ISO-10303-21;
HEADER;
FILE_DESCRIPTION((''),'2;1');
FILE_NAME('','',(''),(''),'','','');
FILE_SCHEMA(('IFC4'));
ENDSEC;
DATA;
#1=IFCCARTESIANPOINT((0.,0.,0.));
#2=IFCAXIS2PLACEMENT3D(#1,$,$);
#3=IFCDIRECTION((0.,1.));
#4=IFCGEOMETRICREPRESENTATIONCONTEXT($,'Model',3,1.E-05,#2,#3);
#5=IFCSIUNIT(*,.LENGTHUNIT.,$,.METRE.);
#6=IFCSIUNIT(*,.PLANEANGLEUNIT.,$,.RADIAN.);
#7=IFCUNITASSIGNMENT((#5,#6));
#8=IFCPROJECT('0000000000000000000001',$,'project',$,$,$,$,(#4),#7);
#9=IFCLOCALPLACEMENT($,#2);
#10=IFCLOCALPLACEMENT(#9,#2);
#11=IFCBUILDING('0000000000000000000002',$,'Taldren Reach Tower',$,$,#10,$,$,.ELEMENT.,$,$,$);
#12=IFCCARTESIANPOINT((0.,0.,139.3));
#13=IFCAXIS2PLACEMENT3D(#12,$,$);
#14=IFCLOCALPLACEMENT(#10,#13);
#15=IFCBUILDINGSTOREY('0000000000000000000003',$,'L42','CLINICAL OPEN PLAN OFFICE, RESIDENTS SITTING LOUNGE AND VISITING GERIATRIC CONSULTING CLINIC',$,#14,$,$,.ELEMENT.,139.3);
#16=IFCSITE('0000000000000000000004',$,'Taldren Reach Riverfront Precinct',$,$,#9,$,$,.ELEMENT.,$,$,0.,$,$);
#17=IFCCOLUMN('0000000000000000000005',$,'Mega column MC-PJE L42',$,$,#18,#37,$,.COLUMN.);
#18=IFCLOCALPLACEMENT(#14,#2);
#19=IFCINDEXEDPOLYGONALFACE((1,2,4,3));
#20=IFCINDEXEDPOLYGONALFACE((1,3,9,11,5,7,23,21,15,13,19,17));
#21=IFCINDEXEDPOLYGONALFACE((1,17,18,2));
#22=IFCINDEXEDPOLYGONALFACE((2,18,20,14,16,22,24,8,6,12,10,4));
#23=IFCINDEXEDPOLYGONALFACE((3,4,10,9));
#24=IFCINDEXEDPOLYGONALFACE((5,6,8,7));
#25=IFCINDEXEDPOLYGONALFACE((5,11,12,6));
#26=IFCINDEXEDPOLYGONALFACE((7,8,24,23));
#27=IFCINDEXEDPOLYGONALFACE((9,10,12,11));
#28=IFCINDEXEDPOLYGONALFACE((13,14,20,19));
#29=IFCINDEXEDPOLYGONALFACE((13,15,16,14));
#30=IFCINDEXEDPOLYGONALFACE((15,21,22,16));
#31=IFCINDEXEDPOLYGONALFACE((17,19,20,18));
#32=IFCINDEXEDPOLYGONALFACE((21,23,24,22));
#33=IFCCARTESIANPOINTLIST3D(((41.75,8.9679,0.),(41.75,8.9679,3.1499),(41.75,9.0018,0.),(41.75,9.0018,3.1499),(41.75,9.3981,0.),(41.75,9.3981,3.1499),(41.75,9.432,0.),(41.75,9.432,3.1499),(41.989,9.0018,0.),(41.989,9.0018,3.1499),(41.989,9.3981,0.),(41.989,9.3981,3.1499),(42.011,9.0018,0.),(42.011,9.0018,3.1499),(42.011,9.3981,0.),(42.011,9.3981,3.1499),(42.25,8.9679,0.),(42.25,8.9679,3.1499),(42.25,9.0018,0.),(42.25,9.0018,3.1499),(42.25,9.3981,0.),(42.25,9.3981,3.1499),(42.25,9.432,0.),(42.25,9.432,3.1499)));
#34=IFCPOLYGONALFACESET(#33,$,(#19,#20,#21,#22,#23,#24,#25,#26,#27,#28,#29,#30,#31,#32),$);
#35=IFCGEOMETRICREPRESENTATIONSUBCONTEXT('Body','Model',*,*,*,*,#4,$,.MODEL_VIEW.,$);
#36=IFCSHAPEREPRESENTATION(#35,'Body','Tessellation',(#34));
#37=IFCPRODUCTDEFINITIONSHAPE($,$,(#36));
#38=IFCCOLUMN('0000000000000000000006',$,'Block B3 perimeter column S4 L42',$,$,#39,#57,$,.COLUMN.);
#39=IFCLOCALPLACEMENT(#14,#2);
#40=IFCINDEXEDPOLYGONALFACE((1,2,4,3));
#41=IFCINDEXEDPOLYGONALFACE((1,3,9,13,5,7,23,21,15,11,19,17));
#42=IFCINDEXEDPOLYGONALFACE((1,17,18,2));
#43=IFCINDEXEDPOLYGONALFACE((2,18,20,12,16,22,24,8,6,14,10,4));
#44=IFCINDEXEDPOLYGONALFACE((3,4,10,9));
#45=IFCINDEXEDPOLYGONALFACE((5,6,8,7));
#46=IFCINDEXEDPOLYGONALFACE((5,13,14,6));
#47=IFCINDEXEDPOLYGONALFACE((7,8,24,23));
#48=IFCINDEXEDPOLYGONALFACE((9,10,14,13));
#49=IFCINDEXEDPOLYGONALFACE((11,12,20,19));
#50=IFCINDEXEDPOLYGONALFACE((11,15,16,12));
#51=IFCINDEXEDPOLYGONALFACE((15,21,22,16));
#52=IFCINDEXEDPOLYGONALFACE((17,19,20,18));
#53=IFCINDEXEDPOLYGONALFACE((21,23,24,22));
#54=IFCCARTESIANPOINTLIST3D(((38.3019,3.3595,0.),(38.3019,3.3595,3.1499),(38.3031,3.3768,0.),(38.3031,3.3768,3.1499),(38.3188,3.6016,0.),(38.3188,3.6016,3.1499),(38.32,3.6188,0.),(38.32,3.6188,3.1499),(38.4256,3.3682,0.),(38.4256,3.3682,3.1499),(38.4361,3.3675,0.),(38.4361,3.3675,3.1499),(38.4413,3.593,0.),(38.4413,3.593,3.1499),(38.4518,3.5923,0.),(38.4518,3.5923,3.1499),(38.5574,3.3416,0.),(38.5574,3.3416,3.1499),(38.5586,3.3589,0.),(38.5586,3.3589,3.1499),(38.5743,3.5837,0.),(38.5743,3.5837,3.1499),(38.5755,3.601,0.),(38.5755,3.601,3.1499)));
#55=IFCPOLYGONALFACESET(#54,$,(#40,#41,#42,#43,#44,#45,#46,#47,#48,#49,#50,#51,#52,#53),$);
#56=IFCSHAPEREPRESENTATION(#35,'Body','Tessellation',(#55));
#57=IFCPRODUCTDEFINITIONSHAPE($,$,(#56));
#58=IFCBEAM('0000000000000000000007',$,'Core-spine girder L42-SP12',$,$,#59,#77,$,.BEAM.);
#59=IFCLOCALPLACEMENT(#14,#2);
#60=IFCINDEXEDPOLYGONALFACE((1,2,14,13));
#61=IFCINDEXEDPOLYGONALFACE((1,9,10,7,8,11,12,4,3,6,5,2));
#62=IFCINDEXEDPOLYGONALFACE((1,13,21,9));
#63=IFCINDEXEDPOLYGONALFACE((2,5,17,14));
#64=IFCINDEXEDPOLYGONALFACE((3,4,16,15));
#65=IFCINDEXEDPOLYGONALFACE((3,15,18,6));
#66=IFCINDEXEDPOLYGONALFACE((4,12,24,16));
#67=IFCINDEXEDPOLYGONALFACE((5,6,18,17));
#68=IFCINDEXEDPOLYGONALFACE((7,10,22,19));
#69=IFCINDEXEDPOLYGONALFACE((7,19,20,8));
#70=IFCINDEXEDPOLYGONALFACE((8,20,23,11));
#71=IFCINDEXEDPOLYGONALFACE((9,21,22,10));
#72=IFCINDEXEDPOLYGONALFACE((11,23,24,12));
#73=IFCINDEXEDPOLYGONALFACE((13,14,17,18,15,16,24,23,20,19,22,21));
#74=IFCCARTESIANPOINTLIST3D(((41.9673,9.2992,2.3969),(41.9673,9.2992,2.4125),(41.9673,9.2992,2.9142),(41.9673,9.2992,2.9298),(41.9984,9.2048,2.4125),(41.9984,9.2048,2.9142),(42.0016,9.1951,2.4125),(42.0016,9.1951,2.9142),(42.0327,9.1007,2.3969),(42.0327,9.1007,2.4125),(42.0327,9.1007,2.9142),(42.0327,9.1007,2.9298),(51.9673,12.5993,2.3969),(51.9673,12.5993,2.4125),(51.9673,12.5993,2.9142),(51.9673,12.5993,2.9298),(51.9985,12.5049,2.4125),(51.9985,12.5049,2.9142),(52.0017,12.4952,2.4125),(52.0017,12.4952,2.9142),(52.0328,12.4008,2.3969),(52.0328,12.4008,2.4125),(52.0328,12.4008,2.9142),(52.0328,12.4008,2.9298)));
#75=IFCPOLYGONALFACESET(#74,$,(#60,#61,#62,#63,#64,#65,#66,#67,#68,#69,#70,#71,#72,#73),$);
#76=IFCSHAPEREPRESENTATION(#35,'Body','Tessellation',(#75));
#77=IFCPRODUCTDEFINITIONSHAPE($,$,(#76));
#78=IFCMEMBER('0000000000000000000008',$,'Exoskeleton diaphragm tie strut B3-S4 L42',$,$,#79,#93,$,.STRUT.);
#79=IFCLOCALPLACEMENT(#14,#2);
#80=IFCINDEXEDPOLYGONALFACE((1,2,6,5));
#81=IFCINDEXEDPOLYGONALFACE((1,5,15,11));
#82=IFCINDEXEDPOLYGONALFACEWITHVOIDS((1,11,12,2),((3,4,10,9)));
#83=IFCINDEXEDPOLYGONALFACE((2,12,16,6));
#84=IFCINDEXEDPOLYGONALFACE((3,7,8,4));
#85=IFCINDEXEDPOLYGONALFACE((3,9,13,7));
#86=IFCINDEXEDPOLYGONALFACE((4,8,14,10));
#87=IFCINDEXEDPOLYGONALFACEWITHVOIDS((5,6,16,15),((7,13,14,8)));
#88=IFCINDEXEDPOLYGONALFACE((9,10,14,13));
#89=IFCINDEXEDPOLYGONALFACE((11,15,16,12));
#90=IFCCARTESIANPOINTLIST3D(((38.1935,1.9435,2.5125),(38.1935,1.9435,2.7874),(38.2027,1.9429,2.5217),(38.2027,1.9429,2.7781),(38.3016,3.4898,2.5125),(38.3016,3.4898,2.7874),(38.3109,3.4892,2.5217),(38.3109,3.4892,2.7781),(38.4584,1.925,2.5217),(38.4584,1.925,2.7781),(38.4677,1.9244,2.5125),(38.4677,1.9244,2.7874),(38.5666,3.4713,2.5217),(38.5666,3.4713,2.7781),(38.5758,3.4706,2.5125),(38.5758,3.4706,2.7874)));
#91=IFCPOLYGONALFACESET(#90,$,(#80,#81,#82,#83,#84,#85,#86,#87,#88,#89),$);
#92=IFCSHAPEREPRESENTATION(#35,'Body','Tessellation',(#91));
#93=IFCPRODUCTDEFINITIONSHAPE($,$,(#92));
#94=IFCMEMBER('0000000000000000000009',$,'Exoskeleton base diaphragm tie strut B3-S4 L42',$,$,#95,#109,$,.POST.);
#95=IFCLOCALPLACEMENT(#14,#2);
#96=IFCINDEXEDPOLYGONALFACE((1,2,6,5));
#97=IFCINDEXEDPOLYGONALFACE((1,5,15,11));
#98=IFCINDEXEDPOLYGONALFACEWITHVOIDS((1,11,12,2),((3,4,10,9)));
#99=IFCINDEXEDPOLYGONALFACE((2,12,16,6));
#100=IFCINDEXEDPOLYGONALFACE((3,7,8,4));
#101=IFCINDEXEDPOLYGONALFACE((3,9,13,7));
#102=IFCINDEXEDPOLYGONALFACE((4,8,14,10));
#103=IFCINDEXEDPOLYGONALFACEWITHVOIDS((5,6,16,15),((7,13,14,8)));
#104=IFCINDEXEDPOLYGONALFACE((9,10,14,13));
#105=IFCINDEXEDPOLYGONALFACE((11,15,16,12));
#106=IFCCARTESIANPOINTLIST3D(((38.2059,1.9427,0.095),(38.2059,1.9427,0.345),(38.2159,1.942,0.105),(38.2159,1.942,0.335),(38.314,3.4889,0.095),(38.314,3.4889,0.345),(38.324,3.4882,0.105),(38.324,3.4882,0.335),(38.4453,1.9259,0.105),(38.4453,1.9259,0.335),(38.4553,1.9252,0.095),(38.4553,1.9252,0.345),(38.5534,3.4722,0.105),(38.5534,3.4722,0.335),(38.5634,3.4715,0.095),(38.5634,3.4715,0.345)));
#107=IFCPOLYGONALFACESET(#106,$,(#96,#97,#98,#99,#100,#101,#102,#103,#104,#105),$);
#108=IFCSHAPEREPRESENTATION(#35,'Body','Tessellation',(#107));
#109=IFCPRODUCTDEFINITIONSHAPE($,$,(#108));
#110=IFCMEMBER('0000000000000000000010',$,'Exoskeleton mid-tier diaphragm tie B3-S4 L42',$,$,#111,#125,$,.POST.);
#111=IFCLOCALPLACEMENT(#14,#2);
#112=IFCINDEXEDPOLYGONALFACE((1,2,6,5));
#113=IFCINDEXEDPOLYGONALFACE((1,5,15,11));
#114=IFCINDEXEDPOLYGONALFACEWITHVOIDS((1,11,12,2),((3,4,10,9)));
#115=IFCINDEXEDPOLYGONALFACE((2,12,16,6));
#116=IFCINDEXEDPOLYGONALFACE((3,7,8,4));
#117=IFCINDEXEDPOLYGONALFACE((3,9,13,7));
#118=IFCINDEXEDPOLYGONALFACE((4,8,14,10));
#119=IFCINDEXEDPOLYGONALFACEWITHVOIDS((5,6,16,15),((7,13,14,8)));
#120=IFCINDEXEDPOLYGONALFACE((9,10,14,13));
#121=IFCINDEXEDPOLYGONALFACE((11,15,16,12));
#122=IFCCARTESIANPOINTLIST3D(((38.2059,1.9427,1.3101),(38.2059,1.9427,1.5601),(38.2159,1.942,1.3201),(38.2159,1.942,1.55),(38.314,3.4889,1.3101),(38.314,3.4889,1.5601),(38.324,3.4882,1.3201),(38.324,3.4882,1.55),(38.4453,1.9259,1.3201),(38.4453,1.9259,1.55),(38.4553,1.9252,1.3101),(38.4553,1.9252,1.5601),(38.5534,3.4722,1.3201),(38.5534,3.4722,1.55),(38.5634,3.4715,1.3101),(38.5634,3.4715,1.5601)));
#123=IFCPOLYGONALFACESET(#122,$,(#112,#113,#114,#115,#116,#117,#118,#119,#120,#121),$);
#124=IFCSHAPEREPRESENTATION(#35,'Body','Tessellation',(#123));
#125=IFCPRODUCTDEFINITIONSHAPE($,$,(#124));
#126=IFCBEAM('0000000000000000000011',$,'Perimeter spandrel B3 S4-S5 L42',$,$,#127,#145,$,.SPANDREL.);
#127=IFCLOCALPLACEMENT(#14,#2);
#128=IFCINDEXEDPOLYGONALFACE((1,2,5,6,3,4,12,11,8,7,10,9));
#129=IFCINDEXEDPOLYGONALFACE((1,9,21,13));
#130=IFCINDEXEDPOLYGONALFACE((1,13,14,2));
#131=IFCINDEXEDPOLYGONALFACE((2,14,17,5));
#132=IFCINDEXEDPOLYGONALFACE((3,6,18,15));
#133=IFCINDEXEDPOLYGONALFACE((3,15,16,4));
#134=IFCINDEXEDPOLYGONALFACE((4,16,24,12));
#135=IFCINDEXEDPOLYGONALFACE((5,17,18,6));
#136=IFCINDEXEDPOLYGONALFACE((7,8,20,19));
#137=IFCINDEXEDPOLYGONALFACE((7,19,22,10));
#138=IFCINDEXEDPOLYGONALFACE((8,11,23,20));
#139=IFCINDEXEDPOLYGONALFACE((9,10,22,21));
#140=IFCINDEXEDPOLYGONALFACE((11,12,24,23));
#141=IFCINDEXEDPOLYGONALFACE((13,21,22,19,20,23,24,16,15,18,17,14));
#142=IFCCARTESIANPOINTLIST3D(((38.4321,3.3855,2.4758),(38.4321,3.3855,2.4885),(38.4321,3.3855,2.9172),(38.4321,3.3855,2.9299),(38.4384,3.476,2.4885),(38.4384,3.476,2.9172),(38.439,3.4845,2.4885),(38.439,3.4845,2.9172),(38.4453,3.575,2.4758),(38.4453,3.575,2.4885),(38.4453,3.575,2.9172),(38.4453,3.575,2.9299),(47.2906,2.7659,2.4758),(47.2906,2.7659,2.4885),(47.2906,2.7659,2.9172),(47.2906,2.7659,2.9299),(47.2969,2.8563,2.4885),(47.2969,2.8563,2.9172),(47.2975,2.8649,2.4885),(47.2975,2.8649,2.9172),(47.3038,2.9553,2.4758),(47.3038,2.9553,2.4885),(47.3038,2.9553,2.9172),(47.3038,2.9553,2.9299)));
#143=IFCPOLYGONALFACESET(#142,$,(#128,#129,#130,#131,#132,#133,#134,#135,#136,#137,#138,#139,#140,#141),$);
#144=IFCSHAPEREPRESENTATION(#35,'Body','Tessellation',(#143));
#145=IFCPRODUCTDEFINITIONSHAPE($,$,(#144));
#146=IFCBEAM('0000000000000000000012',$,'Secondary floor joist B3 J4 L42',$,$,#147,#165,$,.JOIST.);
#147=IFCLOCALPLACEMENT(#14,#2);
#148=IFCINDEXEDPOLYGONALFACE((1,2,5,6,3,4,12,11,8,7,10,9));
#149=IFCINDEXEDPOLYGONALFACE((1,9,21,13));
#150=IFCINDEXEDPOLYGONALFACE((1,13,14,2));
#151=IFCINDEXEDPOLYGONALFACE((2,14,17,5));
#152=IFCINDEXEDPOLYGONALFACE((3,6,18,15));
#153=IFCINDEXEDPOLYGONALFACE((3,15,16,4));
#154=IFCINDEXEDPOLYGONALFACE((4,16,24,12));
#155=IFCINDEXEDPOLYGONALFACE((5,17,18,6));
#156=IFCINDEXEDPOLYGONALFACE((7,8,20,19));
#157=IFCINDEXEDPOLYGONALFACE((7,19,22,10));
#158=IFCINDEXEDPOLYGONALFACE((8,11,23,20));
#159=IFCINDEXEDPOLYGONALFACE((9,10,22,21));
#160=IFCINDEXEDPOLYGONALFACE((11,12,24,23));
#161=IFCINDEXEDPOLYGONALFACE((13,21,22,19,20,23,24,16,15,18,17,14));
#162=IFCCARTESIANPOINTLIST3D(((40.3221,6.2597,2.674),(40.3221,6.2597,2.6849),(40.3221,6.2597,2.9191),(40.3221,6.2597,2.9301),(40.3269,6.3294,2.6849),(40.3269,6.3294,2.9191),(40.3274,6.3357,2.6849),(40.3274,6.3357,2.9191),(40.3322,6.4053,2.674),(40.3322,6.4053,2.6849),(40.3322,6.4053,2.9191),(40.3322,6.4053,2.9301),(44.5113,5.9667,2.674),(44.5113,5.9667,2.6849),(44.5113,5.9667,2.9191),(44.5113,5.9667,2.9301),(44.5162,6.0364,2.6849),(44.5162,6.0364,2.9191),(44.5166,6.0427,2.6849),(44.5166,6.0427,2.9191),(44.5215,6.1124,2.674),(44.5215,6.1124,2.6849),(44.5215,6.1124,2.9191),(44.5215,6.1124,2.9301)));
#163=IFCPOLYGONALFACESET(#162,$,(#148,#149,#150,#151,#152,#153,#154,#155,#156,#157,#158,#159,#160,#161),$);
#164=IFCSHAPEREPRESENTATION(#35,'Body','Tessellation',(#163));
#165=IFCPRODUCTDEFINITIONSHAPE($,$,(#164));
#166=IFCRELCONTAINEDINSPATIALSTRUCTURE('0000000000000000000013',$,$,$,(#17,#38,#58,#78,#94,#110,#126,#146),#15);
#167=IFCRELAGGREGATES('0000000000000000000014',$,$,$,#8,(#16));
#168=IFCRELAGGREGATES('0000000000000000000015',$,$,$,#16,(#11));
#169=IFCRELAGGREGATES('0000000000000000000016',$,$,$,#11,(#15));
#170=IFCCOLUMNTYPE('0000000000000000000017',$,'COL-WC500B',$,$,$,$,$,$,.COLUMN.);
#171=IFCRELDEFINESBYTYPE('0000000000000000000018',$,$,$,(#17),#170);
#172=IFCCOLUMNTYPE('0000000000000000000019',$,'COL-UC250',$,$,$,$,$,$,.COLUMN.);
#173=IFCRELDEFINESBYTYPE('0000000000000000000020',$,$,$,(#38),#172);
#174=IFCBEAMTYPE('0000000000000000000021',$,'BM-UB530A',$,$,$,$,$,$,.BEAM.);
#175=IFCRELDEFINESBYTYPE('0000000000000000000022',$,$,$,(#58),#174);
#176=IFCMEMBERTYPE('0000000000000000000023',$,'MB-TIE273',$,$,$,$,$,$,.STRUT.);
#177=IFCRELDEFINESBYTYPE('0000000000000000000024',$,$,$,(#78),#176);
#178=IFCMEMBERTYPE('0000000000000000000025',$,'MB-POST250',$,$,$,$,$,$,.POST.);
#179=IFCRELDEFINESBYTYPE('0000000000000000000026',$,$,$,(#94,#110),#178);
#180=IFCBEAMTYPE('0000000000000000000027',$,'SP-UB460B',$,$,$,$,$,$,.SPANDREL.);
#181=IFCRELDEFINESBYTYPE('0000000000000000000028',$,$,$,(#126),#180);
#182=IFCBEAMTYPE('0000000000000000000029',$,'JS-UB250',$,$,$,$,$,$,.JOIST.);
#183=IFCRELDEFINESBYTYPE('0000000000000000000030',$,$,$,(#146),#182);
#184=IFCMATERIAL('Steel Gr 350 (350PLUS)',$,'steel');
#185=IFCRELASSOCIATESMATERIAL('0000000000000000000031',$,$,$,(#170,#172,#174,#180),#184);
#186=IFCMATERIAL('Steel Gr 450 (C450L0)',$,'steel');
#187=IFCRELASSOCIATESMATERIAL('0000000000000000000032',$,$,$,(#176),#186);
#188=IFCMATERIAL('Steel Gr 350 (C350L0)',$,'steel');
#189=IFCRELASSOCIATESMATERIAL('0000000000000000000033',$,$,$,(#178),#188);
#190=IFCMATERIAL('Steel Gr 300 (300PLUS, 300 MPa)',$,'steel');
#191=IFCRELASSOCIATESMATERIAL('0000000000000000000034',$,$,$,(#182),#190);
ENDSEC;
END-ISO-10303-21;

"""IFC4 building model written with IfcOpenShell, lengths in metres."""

from ifc_helpers import new_model, si_unit, direction, frame, origin, origin_2d, place, context, subcontext, project, spatial, hollow_rectangle, i_section, extrude, source, transform, mapped, material, material_profile, profile_set, type_object, element, save


model = new_model("IFC4")

# Units and contexts
model_context = context("Model", 3, precision=1e-05, world=origin(), true_north=direction((0.0, 1.0)))
body_context = subcontext(model_context, "Body", "Model", "MODEL_VIEW")
ifc_project = project(units=[si_unit("LENGTHUNIT", "METRE"), si_unit("PLANEANGLEUNIT", "RADIAN")], contexts=[model_context])

# Site, building, storey
site_placement = place(None, origin())
site = spatial("IfcSite", under=ifc_project, at=site_placement, Name="Taldren Reach Riverfront Precinct", CompositionType="ELEMENT", RefElevation=0.0)
building_placement = place(site_placement, origin())
building = spatial("IfcBuilding", under=site, at=building_placement, Name="Taldren Reach Tower", CompositionType="ELEMENT")
storey_placement = place(building_placement, frame((0.0, 0.0, 139.3)))
storey = spatial("IfcBuildingStorey", under=building, at=storey_placement, Name="L42", Description="CLINICAL OPEN PLAN OFFICE, RESIDENTS SITTING LOUNGE AND VISITING GERIATRIC CONSULTING CLINIC", CompositionType="ELEMENT", Elevation=139.3)

# Columns
ifc_material_1 = material(Name="Steel Gr 350 (350PLUS)", Category="steel")
ifc_material_profile_1 = material_profile(ifc_material_1, i_section(OverallWidth=0.5, OverallDepth=0.4641, WebThickness=0.022, FlangeThickness=0.0339, at=origin_2d()), Name="500WC340")
ifc_profile_set_1 = profile_set([ifc_material_profile_1], Name="Steel Gr 350 (350PLUS)")
column_type_1 = type_object("IfcColumnType", Name="COL-WC500B", PredefinedType="COLUMN", material=ifc_profile_set_1)
shared_shape_1 = source(origin(), body_context, "Body", "SweptSolid", [
    extrude(i_section(OverallWidth=0.5, OverallDepth=0.4641, WebThickness=0.022, FlangeThickness=0.0339, at=origin_2d()), origin(), (0.0, 0.0, 1.0), 3.1499),
])
column_1_placement = place(storey_placement, frame((42.0, 9.2, 0.0), z_axis=(0.0, 0.0, 1.0), x_axis=(1.0, 0.0, 0.0)))
element("IfcColumn", 1, at=column_1_placement, inside=storey, type_object=column_type_1, Name="Mega column MC-PJE L42", PredefinedType="COLUMN", context=body_context, shape_type="MappedRepresentation", body=[
    mapped(shared_shape_1, transform((0.0, 0.0, 0.0), scale=1.0)),
])
ifc_material_profile_2 = material_profile(ifc_material_1, i_section(OverallWidth=0.2561, OverallDepth=0.26, WebThickness=0.0105, FlangeThickness=0.0173, at=origin_2d()), Name="250UC89.5")
ifc_profile_set_2 = profile_set([ifc_material_profile_2], Name="Steel Gr 350 (350PLUS)")
column_type_2 = type_object("IfcColumnType", Name="COL-UC250", PredefinedType="COLUMN", material=ifc_profile_set_2)
shared_shape_2 = source(origin(), body_context, "Body", "SweptSolid", [
    extrude(i_section(OverallWidth=0.2561, OverallDepth=0.26, WebThickness=0.0105, FlangeThickness=0.0173, at=origin_2d()), origin(), (0.0, 0.0, 1.0), 3.1499),
])
column_2_placement = place(storey_placement, frame((38.4387, 3.4802, 0.0), z_axis=(0.0, 0.0, 1.0), x_axis=(0.997564, -0.069756, 0.0)))
element("IfcColumn", 2, at=column_2_placement, inside=storey, type_object=column_type_2, Name="Block B3 perimeter column S4 L42", PredefinedType="COLUMN", context=body_context, shape_type="MappedRepresentation", body=[
    mapped(shared_shape_2, transform((0.0, 0.0, 0.0), scale=1.0)),
])

# Beam
ifc_material_profile_3 = material_profile(ifc_material_1, i_section(OverallWidth=0.209, OverallDepth=0.533, WebThickness=0.0103, FlangeThickness=0.0156, at=origin_2d()), Name="530UB92.4")
ifc_profile_set_3 = profile_set([ifc_material_profile_3], Name="Steel Gr 350 (350PLUS)")
beam_type_1 = type_object("IfcBeamType", Name="BM-UB530A", PredefinedType="BEAM", material=ifc_profile_set_3)
shared_shape_3 = source(origin(), body_context, "Body", "SweptSolid", [
    extrude(i_section(OverallWidth=0.209, OverallDepth=0.533, WebThickness=0.0103, FlangeThickness=0.0156, at=origin_2d()), origin(), (0.0, 0.0, 1.0), 10.5305),
])
beam_1_placement = place(storey_placement, frame((42.0, 9.2, 2.6633), z_axis=(0.949627, 0.313382, 0.0), x_axis=(-0.313382, 0.949627, 0.0)))
element("IfcBeam", 3, at=beam_1_placement, inside=storey, type_object=beam_type_1, Name="Core-spine girder L42-SP12", PredefinedType="BEAM", context=body_context, shape_type="MappedRepresentation", body=[
    mapped(shared_shape_3, transform((0.0, 0.0, 0.0), scale=1.0)),
])

# Members
ifc_material_2 = material(Name="Steel Gr 450 (C450L0)", Category="steel")
ifc_material_profile_4 = material_profile(ifc_material_2, hollow_rectangle(XDim=0.2749, YDim=0.2749, WallThickness=0.0093, at=origin_2d()), Name="275x275x9.3SHS")
ifc_profile_set_4 = profile_set([ifc_material_profile_4], Name="Steel Gr 450 (C450L0)")
member_type_1 = type_object("IfcMemberType", Name="MB-TIE273", PredefinedType="STRUT", material=ifc_profile_set_4)
shared_shape_4 = source(origin(), body_context, "Body", "SweptSolid", [
    extrude(hollow_rectangle(XDim=0.2749, YDim=0.2749, WallThickness=0.0093, at=origin_2d()), origin(), (0.0, 0.0, 1.0), 1.55),
])
member_1_placement = place(storey_placement, frame((38.4387, 3.4802, 2.6499), z_axis=(-0.06977, -0.997563, 0.0), x_axis=(0.997563, -0.06977, 0.0)))
element("IfcMember", 4, at=member_1_placement, inside=storey, type_object=member_type_1, Name="Exoskeleton diaphragm tie strut B3-S4 L42", PredefinedType="STRUT", context=body_context, shape_type="MappedRepresentation", body=[
    mapped(shared_shape_4, transform((0.0, 0.0, 0.0), scale=1.0)),
])
ifc_material_3 = material(Name="Steel Gr 350 (C350L0)", Category="steel")
ifc_material_profile_5 = material_profile(ifc_material_3, hollow_rectangle(XDim=0.25, YDim=0.25, WallThickness=0.01, at=origin_2d()), Name="250x250x10.0SHS")
ifc_profile_set_5 = profile_set([ifc_material_profile_5], Name="Steel Gr 350 (C350L0)")
member_type_2 = type_object("IfcMemberType", Name="MB-POST250", PredefinedType="POST", material=ifc_profile_set_5)
shared_shape_5 = source(origin(), body_context, "Body", "SweptSolid", [
    extrude(hollow_rectangle(XDim=0.25, YDim=0.25, WallThickness=0.01, at=origin_2d()), origin(), (0.0, 0.0, 1.0), 1.55),
])
for number, where, z_axis, x_axis, name in (
    (5, (38.4387, 3.4802, 0.22), (-0.06977, -0.997563, 0.0), (0.997563, -0.06977, 0.0), "Exoskeleton base diaphragm tie strut B3-S4 L42"),
    (6, (38.4387, 3.4802, 1.4351), (-0.06977, -0.997563, 0.0), (0.997563, -0.06977, 0.0), "Exoskeleton mid-tier diaphragm tie B3-S4 L42"),
):
    element("IfcMember", number, at=place(storey_placement, frame(where, z_axis=z_axis, x_axis=x_axis)), inside=storey, type_object=member_type_2, Name=name, PredefinedType="POST", context=body_context, shape_type="MappedRepresentation", body=[
        mapped(shared_shape_5, transform((0.0, 0.0, 0.0), scale=1.0)),
    ])

# Beams
ifc_material_profile_6 = material_profile(ifc_material_1, i_section(OverallWidth=0.1899, OverallDepth=0.4541, WebThickness=0.0085, FlangeThickness=0.0127, at=origin_2d()), Name="460UB67.1")
ifc_profile_set_6 = profile_set([ifc_material_profile_6], Name="Steel Gr 350 (350PLUS)")
beam_type_2 = type_object("IfcBeamType", Name="SP-UB460B", PredefinedType="SPANDREL", material=ifc_profile_set_6)
shared_shape_6 = source(origin(), body_context, "Body", "SweptSolid", [
    extrude(i_section(OverallWidth=0.1899, OverallDepth=0.4541, WebThickness=0.0085, FlangeThickness=0.0127, at=origin_2d()), origin(), (0.0, 0.0, 1.0), 8.8801),
])
beam_2_placement = place(storey_placement, frame((38.4387, 3.4802, 2.7029), z_axis=(0.997563, -0.069778, 0.0), x_axis=(0.069778, 0.997563, 0.0)))
element("IfcBeam", 7, at=beam_2_placement, inside=storey, type_object=beam_type_2, Name="Perimeter spandrel B3 S4-S5 L42", PredefinedType="SPANDREL", context=body_context, shape_type="MappedRepresentation", body=[
    mapped(shared_shape_6, transform((0.0, 0.0, 0.0), scale=1.0)),
])
ifc_material_4 = material(Name="Steel Gr 300 (300PLUS, 300 MPa)", Category="steel")
ifc_material_profile_7 = material_profile(ifc_material_4, i_section(OverallWidth=0.146, OverallDepth=0.2561, WebThickness=0.0063, FlangeThickness=0.011, at=origin_2d()), Name="250UB37.3")
ifc_profile_set_7 = profile_set([ifc_material_profile_7], Name="Steel Gr 300 (300PLUS, 300 MPa)")
beam_type_3 = type_object("IfcBeamType", Name="JS-UB250", PredefinedType="JOIST", material=ifc_profile_set_7)
shared_shape_7 = source(origin(), body_context, "Body", "SweptSolid", [
    extrude(i_section(OverallWidth=0.146, OverallDepth=0.2561, WebThickness=0.0063, FlangeThickness=0.011, at=origin_2d()), origin(), (0.0, 0.0, 1.0), 4.1995),
])
beam_3_placement = place(storey_placement, frame((40.3271, 6.3325, 2.802), z_axis=(0.997564, -0.069764, 0.0), x_axis=(0.069764, 0.997564, 0.0)))
element("IfcBeam", 8, at=beam_3_placement, inside=storey, type_object=beam_type_3, Name="Secondary floor joist B3 J4 L42", PredefinedType="JOIST", context=body_context, shape_type="MappedRepresentation", body=[
    mapped(shared_shape_7, transform((0.0, 0.0, 0.0), scale=1.0)),
])

save(model, "model.ifc")
